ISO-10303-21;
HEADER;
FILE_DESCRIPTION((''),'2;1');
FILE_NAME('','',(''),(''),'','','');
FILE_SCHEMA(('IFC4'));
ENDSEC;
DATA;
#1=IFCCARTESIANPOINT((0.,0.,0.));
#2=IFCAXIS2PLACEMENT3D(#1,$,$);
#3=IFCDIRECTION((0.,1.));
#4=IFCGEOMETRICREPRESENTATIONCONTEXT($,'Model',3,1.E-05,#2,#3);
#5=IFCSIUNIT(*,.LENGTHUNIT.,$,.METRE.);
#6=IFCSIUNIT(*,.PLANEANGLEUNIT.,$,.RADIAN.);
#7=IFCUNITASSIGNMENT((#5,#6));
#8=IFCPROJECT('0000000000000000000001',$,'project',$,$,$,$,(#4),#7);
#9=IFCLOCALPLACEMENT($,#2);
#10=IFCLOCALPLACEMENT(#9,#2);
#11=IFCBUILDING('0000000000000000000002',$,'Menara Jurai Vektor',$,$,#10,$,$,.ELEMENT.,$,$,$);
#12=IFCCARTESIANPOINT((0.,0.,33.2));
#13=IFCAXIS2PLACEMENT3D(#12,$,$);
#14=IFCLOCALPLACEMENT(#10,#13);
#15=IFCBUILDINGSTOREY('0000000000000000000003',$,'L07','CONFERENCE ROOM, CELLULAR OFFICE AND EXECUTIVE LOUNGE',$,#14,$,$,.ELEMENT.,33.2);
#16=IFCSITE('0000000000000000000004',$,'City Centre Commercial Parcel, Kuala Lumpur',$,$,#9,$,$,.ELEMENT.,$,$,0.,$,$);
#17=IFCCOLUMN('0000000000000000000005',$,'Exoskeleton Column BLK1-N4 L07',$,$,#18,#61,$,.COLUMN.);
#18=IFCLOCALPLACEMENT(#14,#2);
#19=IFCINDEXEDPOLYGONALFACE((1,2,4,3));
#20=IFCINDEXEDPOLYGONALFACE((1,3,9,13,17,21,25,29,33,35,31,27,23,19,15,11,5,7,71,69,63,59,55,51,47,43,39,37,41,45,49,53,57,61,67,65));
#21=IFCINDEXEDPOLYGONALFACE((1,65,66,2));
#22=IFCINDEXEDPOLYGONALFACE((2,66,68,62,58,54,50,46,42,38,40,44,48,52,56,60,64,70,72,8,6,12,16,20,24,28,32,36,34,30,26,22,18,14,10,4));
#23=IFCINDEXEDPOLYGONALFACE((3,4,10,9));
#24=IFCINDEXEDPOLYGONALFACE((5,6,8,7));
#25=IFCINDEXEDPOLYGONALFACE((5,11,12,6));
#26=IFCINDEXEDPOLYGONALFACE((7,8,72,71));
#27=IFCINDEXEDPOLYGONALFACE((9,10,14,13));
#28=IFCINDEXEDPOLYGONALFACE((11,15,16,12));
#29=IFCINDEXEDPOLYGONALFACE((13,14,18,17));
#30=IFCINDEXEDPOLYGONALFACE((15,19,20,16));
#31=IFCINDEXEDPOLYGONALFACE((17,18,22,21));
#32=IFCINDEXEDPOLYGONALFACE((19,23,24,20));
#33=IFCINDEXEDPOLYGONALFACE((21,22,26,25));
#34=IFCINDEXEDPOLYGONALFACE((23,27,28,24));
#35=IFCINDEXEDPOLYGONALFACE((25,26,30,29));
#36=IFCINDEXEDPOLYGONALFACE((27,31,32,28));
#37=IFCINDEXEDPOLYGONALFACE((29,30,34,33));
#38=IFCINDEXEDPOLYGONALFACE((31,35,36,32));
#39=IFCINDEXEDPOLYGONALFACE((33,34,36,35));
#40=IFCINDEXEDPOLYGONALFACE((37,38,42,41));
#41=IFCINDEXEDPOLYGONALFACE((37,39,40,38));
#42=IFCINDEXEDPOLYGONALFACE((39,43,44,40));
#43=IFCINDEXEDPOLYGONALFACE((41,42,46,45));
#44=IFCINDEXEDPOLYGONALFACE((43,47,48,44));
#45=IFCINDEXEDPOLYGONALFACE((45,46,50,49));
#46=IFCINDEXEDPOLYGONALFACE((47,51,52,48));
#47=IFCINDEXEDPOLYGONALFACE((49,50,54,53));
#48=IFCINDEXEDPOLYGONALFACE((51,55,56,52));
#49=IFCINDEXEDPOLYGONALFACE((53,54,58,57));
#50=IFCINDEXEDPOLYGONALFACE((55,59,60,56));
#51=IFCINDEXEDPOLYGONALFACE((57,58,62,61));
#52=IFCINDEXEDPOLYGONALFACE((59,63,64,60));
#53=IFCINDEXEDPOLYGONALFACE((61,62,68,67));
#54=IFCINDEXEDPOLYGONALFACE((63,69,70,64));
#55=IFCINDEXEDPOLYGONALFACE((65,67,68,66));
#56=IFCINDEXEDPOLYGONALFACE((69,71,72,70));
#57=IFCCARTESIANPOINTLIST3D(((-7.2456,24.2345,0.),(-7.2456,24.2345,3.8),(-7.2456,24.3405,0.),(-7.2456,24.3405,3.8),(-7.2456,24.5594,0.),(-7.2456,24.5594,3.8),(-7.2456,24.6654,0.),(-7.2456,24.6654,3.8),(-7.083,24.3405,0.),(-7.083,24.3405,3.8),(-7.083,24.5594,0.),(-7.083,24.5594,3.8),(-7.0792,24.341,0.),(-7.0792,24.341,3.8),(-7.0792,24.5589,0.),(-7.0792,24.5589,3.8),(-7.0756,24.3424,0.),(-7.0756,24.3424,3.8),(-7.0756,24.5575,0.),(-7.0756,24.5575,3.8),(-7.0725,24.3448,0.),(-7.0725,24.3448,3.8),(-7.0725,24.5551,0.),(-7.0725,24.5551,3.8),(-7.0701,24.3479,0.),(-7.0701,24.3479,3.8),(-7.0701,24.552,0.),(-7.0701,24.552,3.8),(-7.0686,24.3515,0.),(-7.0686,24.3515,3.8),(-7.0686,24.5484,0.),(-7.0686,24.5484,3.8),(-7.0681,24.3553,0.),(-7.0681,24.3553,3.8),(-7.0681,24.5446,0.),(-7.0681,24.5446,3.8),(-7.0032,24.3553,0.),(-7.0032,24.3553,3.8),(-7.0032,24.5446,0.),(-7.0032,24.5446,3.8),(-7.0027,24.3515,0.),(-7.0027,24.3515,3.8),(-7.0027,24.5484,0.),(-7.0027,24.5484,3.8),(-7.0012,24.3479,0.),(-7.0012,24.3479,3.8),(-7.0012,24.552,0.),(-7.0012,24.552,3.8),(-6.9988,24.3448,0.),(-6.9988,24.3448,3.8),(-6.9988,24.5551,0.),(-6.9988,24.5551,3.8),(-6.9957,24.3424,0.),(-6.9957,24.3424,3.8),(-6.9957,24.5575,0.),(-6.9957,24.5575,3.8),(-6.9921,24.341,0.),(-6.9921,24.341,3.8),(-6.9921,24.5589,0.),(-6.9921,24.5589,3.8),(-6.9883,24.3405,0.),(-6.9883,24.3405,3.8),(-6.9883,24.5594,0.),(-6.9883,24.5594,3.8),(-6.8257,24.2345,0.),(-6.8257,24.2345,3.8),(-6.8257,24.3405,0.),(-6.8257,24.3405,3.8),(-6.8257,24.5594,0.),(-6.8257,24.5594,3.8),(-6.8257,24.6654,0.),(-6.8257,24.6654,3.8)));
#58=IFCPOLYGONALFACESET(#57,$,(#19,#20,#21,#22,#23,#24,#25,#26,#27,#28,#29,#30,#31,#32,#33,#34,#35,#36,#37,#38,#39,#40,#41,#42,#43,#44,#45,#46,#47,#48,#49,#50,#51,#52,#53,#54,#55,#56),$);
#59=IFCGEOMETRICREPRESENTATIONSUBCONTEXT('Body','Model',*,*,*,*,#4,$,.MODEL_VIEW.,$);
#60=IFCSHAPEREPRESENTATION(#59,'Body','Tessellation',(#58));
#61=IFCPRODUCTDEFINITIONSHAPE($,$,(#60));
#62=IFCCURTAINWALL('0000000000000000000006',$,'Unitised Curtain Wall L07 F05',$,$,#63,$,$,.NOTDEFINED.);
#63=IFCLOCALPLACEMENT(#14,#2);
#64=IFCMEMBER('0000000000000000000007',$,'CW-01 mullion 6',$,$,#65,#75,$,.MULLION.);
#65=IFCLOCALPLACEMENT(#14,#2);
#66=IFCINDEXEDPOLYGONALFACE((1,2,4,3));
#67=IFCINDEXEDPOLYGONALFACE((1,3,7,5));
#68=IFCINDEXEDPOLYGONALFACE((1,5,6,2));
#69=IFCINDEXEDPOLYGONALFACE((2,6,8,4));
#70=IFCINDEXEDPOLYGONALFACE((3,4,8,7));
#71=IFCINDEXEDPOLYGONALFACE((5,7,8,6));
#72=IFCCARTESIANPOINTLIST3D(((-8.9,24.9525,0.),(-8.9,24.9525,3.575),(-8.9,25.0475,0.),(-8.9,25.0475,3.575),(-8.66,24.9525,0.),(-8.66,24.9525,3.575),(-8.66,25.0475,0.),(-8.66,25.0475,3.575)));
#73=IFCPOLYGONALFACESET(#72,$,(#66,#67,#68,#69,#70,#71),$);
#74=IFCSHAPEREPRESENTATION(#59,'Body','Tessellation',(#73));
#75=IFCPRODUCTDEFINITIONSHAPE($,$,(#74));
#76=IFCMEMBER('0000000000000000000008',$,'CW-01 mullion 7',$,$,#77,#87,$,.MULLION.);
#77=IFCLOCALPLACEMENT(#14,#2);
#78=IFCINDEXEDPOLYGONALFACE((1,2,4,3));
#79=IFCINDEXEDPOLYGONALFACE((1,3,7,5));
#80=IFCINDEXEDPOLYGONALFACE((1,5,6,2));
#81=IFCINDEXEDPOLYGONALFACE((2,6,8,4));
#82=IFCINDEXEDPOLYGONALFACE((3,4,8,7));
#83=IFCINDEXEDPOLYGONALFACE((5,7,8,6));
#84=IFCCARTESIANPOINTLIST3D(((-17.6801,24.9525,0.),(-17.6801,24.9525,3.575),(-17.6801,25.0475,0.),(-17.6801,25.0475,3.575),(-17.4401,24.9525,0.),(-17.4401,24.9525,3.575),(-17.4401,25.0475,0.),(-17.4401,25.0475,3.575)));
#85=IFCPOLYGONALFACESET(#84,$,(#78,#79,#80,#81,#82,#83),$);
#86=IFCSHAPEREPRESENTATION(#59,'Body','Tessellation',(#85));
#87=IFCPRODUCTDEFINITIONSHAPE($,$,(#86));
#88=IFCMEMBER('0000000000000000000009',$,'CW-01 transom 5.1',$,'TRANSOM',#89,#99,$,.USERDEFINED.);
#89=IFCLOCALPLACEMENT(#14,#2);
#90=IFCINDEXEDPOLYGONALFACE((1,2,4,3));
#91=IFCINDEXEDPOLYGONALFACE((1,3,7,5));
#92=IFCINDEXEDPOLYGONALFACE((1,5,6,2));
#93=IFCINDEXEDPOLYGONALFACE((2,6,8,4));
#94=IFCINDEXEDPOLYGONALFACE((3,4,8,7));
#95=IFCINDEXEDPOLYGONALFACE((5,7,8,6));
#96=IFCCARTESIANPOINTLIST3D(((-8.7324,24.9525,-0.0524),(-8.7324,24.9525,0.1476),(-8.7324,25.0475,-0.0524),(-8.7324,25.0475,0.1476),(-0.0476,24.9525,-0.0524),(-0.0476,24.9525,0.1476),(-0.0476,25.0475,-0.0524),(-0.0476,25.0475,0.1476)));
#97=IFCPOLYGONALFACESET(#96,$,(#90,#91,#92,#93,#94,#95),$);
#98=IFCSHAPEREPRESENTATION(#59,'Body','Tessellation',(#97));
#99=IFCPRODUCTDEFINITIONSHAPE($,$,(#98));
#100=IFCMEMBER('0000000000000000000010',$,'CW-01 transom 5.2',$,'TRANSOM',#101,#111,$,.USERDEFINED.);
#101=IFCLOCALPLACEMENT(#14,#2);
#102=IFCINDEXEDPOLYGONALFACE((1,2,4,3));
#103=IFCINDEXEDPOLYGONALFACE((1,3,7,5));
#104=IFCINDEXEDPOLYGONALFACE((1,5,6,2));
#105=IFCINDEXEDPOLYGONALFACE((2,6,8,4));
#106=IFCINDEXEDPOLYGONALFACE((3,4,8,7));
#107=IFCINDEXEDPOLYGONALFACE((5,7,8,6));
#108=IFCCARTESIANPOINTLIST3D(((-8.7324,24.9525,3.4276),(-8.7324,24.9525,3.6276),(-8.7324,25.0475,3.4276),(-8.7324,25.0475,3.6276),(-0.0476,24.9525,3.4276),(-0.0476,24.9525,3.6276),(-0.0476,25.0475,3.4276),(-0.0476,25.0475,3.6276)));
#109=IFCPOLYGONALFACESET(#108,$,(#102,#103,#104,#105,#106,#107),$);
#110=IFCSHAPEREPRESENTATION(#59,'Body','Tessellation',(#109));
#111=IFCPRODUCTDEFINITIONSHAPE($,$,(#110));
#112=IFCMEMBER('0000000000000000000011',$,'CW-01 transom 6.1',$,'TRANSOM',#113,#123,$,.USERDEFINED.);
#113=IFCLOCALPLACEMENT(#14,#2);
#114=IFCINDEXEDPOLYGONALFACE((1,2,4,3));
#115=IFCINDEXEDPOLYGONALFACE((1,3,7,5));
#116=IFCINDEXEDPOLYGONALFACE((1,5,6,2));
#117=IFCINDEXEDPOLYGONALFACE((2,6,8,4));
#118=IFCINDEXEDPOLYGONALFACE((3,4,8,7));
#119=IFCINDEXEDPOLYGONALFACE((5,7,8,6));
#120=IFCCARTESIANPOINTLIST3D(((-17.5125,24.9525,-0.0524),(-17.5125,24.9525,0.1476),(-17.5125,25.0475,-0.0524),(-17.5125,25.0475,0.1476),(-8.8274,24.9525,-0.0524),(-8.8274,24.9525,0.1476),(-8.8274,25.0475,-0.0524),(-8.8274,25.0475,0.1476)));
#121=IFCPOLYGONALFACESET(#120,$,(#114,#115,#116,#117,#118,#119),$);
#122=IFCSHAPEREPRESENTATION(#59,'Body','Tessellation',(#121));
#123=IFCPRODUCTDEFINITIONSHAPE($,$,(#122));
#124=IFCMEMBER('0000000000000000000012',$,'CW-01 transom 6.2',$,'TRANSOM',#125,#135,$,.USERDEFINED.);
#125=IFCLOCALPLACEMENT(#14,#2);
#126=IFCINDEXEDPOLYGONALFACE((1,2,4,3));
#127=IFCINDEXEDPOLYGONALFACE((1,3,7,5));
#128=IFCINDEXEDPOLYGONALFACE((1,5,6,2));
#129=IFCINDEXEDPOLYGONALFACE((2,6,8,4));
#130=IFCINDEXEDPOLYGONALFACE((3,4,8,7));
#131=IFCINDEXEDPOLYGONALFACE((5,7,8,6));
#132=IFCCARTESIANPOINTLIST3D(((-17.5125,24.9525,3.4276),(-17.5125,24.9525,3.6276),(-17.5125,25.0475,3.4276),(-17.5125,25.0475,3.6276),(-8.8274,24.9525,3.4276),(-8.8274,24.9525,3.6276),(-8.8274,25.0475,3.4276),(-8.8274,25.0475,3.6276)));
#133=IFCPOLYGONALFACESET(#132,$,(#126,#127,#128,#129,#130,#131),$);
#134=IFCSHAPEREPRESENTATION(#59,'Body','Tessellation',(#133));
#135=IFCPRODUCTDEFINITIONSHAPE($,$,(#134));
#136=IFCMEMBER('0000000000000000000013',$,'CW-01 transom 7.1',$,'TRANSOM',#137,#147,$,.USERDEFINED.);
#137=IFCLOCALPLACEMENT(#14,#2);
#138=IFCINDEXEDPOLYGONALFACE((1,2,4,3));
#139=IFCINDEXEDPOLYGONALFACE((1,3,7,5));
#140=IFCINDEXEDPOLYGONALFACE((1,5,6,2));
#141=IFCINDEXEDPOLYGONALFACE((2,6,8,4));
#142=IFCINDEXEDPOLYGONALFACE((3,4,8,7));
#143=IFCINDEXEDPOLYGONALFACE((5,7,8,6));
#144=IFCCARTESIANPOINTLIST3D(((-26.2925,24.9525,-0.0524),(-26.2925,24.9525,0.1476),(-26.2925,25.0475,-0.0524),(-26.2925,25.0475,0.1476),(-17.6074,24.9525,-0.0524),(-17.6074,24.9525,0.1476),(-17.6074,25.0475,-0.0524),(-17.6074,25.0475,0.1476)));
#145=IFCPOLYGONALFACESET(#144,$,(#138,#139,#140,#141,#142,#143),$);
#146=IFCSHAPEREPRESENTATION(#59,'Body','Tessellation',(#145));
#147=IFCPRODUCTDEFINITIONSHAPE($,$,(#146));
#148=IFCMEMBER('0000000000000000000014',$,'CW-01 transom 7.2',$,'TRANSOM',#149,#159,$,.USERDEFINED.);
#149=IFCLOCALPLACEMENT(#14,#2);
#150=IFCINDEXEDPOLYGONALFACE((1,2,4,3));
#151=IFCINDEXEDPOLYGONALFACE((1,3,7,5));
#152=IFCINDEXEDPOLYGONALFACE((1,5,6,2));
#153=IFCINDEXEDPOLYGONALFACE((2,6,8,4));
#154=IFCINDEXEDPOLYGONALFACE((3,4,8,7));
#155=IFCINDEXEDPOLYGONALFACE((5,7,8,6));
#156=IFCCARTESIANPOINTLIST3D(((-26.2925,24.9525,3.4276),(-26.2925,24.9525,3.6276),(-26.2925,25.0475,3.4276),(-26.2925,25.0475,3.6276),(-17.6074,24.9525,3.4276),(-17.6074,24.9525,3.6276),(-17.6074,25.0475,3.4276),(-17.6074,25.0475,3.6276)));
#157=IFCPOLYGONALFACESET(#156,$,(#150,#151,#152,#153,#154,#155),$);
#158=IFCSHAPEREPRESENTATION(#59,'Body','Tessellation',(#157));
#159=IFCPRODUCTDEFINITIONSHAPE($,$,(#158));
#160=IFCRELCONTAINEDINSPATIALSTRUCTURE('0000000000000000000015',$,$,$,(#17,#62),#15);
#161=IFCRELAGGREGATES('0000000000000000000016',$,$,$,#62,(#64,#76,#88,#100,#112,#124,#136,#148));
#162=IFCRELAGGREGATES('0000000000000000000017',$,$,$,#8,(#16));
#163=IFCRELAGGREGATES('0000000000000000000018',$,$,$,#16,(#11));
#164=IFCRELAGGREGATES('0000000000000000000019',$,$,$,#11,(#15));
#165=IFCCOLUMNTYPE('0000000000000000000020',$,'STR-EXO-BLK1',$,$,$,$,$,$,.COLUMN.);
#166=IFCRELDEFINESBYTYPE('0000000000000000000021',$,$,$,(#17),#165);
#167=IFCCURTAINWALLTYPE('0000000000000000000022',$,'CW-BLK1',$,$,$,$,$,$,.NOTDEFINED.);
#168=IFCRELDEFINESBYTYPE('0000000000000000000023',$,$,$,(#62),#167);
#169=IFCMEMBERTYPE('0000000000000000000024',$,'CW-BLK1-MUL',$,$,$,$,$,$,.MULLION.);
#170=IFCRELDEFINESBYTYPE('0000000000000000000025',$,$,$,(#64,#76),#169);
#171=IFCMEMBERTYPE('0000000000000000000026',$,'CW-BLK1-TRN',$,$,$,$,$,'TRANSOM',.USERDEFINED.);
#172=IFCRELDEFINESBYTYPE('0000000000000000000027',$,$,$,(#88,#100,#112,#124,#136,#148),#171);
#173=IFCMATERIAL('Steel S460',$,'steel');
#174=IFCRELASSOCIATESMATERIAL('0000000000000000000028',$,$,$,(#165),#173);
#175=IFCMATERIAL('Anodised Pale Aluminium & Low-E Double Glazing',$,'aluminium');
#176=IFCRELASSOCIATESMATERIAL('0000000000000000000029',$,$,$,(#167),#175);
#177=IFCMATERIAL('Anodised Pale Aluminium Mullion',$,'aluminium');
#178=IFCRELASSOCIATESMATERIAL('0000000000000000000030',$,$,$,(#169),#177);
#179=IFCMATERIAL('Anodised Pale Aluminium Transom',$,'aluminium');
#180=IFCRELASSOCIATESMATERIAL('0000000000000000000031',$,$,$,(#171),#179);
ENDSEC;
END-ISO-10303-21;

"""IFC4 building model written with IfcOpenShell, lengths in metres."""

from ifc_helpers import new_model, si_unit, direction, frame, origin, origin_2d, place, context, subcontext, project, spatial, rectangle, i_section, extrude, material, material_profile, profile_set, type_object, element, aggregate, save


model = new_model("IFC4")

# Units and contexts
model_context = context("Model", 3, precision=1e-05, world=origin(), true_north=direction((0.0, 1.0)))
body_context = subcontext(model_context, "Body", "Model", "MODEL_VIEW")
ifc_project = project(units=[si_unit("LENGTHUNIT", "METRE"), si_unit("PLANEANGLEUNIT", "RADIAN")], contexts=[model_context])

# Site, building, storey
site_placement = place(None, origin())
site = spatial("IfcSite", under=ifc_project, at=site_placement, Name="City Centre Commercial Parcel, Kuala Lumpur", CompositionType="ELEMENT", RefElevation=0.0)
building_placement = place(site_placement, origin())
building = spatial("IfcBuilding", under=site, at=building_placement, Name="Menara Jurai Vektor", CompositionType="ELEMENT")
storey_placement = place(building_placement, frame((0.0, 0.0, 33.2)))
storey = spatial("IfcBuildingStorey", under=building, at=storey_placement, Name="L07", Description="CONFERENCE ROOM, CELLULAR OFFICE AND EXECUTIVE LOUNGE", CompositionType="ELEMENT", Elevation=33.2)

# Column
ifc_material_1 = material(Name="Steel S460", Category="steel")
ifc_material_profile_1 = material_profile(ifc_material_1, i_section(OverallWidth=0.4199, OverallDepth=0.4309, WebThickness=0.0649, FlangeThickness=0.106, FilletRadius=0.0149, at=origin_2d()), Name="HD 400x900")
ifc_profile_set_1 = profile_set([ifc_material_profile_1], Name="Steel S460")
column_type = type_object("IfcColumnType", Name="STR-EXO-BLK1", PredefinedType="COLUMN", material=ifc_profile_set_1)
column_placement = place(storey_placement, frame((-7.0356, 24.45, 0.0), z_axis=(0.0, 0.0, 1.0), x_axis=(1.0, 0.0, 0.0)))
element("IfcColumn", 1, at=column_placement, inside=storey, type_object=column_type, Name="Exoskeleton Column BLK1-N4 L07", PredefinedType="COLUMN", context=body_context, shape_type="SweptSolid", body=[
    extrude(i_section(OverallWidth=0.4199, OverallDepth=0.4309, WebThickness=0.0649, FlangeThickness=0.106, FilletRadius=0.0149, at=origin_2d()), origin(), (0.0, 0.0, 1.0), 3.8),
])

# Curtain wall, members
ifc_material_2 = material(Name="Anodised Pale Aluminium & Low-E Double Glazing", Category="aluminium")
curtain_wall_type = type_object("IfcCurtainWallType", Name="CW-BLK1", PredefinedType="NOTDEFINED", material=ifc_material_2)
curtain_wall_placement = place(storey_placement, origin())
curtain_wall = element("IfcCurtainWall", 2, at=curtain_wall_placement, inside=storey, type_object=curtain_wall_type, Name="Unitised Curtain Wall L07 F05", PredefinedType="NOTDEFINED")
ifc_material_3 = material(Name="Anodised Pale Aluminium Mullion", Category="aluminium")
ifc_material_profile_2 = material_profile(ifc_material_3, rectangle(XDim=0.095, YDim=0.24, at=origin_2d()), Name="ALU MUL 95x240")
ifc_profile_set_2 = profile_set([ifc_material_profile_2], Name="Anodised Pale Aluminium Mullion")
member_type_1 = type_object("IfcMemberType", Name="CW-BLK1-MUL", PredefinedType="MULLION", material=ifc_profile_set_2)
member_1_placement = place(storey_placement, frame((-8.78, 25.0, 0.0), z_axis=(0.0, 0.0, 1.0), x_axis=(0.0, -1.0, 0.0)))
member_1 = element("IfcMember", 3, at=member_1_placement, type_object=member_type_1, Name="CW-01 mullion 6", PredefinedType="MULLION", context=body_context, shape_type="SweptSolid", body=[
    extrude(rectangle(XDim=0.095, YDim=0.24, at=origin_2d()), origin(), (0.0, 0.0, 1.0), 3.575),
])
member_2_placement = place(storey_placement, frame((-17.5601, 25.0, 0.0), z_axis=(0.0, 0.0, 1.0), x_axis=(0.0, -1.0, 0.0)))
member_2 = element("IfcMember", 4, at=member_2_placement, type_object=member_type_1, Name="CW-01 mullion 7", PredefinedType="MULLION", context=body_context, shape_type="SweptSolid", body=[
    extrude(rectangle(XDim=0.095, YDim=0.24, at=origin_2d()), origin(), (0.0, 0.0, 1.0), 3.575),
])
ifc_material_4 = material(Name="Anodised Pale Aluminium Transom", Category="aluminium")
ifc_material_profile_3 = material_profile(ifc_material_4, rectangle(XDim=0.095, YDim=0.2, at=origin_2d()), Name="ALU TRN 95x200")
ifc_profile_set_3 = profile_set([ifc_material_profile_3], Name="Anodised Pale Aluminium Transom")
member_type_2 = type_object("IfcMemberType", Name="CW-BLK1-TRN", ElementType="TRANSOM", PredefinedType="USERDEFINED", material=ifc_profile_set_3)
member_3_placement = place(storey_placement, frame((-0.0476, 25.0, 0.0476), z_axis=(-1.0, 0.0, 0.0), x_axis=(0.0, -1.0, 0.0)))
member_3 = element("IfcMember", 5, at=member_3_placement, type_object=member_type_2, Name="CW-01 transom 5.1", ObjectType="TRANSOM", PredefinedType="USERDEFINED", context=body_context, shape_type="SweptSolid", body=[
    extrude(rectangle(XDim=0.095, YDim=0.2, at=origin_2d()), origin(), (0.0, 0.0, 1.0), 8.6848),
])
member_4_placement = place(storey_placement, frame((-0.0476, 25.0, 3.5276), z_axis=(-1.0, 0.0, 0.0), x_axis=(0.0, -1.0, 0.0)))
member_4 = element("IfcMember", 6, at=member_4_placement, type_object=member_type_2, Name="CW-01 transom 5.2", ObjectType="TRANSOM", PredefinedType="USERDEFINED", context=body_context, shape_type="SweptSolid", body=[
    extrude(rectangle(XDim=0.095, YDim=0.2, at=origin_2d()), origin(), (0.0, 0.0, 1.0), 8.6848),
])
member_5_placement = place(storey_placement, frame((-8.8274, 25.0, 0.0476), z_axis=(-1.0, 0.0, 0.0), x_axis=(0.0, -1.0, 0.0)))
member_5 = element("IfcMember", 7, at=member_5_placement, type_object=member_type_2, Name="CW-01 transom 6.1", ObjectType="TRANSOM", PredefinedType="USERDEFINED", context=body_context, shape_type="SweptSolid", body=[
    extrude(rectangle(XDim=0.095, YDim=0.2, at=origin_2d()), origin(), (0.0, 0.0, 1.0), 8.6851),
])
member_6_placement = place(storey_placement, frame((-8.8274, 25.0, 3.5276), z_axis=(-1.0, 0.0, 0.0), x_axis=(0.0, -1.0, 0.0)))
member_6 = element("IfcMember", 8, at=member_6_placement, type_object=member_type_2, Name="CW-01 transom 6.2", ObjectType="TRANSOM", PredefinedType="USERDEFINED", context=body_context, shape_type="SweptSolid", body=[
    extrude(rectangle(XDim=0.095, YDim=0.2, at=origin_2d()), origin(), (0.0, 0.0, 1.0), 8.6851),
])
member_7_placement = place(storey_placement, frame((-17.6074, 25.0, 0.0476), z_axis=(-1.0, 0.0, 0.0), x_axis=(0.0, -1.0, 0.0)))
member_7 = element("IfcMember", 9, at=member_7_placement, type_object=member_type_2, Name="CW-01 transom 7.1", ObjectType="TRANSOM", PredefinedType="USERDEFINED", context=body_context, shape_type="SweptSolid", body=[
    extrude(rectangle(XDim=0.095, YDim=0.2, at=origin_2d()), origin(), (0.0, 0.0, 1.0), 8.6851),
])
member_8_placement = place(storey_placement, frame((-17.6074, 25.0, 3.5276), z_axis=(-1.0, 0.0, 0.0), x_axis=(0.0, -1.0, 0.0)))
member_8 = element("IfcMember", 10, at=member_8_placement, type_object=member_type_2, Name="CW-01 transom 7.2", ObjectType="TRANSOM", PredefinedType="USERDEFINED", context=body_context, shape_type="SweptSolid", body=[
    extrude(rectangle(XDim=0.095, YDim=0.2, at=origin_2d()), origin(), (0.0, 0.0, 1.0), 8.6851),
])

aggregate(curtain_wall, [member_1, member_2, member_3, member_4, member_5, member_6, member_7, member_8])

save(model, "model.ifc")
